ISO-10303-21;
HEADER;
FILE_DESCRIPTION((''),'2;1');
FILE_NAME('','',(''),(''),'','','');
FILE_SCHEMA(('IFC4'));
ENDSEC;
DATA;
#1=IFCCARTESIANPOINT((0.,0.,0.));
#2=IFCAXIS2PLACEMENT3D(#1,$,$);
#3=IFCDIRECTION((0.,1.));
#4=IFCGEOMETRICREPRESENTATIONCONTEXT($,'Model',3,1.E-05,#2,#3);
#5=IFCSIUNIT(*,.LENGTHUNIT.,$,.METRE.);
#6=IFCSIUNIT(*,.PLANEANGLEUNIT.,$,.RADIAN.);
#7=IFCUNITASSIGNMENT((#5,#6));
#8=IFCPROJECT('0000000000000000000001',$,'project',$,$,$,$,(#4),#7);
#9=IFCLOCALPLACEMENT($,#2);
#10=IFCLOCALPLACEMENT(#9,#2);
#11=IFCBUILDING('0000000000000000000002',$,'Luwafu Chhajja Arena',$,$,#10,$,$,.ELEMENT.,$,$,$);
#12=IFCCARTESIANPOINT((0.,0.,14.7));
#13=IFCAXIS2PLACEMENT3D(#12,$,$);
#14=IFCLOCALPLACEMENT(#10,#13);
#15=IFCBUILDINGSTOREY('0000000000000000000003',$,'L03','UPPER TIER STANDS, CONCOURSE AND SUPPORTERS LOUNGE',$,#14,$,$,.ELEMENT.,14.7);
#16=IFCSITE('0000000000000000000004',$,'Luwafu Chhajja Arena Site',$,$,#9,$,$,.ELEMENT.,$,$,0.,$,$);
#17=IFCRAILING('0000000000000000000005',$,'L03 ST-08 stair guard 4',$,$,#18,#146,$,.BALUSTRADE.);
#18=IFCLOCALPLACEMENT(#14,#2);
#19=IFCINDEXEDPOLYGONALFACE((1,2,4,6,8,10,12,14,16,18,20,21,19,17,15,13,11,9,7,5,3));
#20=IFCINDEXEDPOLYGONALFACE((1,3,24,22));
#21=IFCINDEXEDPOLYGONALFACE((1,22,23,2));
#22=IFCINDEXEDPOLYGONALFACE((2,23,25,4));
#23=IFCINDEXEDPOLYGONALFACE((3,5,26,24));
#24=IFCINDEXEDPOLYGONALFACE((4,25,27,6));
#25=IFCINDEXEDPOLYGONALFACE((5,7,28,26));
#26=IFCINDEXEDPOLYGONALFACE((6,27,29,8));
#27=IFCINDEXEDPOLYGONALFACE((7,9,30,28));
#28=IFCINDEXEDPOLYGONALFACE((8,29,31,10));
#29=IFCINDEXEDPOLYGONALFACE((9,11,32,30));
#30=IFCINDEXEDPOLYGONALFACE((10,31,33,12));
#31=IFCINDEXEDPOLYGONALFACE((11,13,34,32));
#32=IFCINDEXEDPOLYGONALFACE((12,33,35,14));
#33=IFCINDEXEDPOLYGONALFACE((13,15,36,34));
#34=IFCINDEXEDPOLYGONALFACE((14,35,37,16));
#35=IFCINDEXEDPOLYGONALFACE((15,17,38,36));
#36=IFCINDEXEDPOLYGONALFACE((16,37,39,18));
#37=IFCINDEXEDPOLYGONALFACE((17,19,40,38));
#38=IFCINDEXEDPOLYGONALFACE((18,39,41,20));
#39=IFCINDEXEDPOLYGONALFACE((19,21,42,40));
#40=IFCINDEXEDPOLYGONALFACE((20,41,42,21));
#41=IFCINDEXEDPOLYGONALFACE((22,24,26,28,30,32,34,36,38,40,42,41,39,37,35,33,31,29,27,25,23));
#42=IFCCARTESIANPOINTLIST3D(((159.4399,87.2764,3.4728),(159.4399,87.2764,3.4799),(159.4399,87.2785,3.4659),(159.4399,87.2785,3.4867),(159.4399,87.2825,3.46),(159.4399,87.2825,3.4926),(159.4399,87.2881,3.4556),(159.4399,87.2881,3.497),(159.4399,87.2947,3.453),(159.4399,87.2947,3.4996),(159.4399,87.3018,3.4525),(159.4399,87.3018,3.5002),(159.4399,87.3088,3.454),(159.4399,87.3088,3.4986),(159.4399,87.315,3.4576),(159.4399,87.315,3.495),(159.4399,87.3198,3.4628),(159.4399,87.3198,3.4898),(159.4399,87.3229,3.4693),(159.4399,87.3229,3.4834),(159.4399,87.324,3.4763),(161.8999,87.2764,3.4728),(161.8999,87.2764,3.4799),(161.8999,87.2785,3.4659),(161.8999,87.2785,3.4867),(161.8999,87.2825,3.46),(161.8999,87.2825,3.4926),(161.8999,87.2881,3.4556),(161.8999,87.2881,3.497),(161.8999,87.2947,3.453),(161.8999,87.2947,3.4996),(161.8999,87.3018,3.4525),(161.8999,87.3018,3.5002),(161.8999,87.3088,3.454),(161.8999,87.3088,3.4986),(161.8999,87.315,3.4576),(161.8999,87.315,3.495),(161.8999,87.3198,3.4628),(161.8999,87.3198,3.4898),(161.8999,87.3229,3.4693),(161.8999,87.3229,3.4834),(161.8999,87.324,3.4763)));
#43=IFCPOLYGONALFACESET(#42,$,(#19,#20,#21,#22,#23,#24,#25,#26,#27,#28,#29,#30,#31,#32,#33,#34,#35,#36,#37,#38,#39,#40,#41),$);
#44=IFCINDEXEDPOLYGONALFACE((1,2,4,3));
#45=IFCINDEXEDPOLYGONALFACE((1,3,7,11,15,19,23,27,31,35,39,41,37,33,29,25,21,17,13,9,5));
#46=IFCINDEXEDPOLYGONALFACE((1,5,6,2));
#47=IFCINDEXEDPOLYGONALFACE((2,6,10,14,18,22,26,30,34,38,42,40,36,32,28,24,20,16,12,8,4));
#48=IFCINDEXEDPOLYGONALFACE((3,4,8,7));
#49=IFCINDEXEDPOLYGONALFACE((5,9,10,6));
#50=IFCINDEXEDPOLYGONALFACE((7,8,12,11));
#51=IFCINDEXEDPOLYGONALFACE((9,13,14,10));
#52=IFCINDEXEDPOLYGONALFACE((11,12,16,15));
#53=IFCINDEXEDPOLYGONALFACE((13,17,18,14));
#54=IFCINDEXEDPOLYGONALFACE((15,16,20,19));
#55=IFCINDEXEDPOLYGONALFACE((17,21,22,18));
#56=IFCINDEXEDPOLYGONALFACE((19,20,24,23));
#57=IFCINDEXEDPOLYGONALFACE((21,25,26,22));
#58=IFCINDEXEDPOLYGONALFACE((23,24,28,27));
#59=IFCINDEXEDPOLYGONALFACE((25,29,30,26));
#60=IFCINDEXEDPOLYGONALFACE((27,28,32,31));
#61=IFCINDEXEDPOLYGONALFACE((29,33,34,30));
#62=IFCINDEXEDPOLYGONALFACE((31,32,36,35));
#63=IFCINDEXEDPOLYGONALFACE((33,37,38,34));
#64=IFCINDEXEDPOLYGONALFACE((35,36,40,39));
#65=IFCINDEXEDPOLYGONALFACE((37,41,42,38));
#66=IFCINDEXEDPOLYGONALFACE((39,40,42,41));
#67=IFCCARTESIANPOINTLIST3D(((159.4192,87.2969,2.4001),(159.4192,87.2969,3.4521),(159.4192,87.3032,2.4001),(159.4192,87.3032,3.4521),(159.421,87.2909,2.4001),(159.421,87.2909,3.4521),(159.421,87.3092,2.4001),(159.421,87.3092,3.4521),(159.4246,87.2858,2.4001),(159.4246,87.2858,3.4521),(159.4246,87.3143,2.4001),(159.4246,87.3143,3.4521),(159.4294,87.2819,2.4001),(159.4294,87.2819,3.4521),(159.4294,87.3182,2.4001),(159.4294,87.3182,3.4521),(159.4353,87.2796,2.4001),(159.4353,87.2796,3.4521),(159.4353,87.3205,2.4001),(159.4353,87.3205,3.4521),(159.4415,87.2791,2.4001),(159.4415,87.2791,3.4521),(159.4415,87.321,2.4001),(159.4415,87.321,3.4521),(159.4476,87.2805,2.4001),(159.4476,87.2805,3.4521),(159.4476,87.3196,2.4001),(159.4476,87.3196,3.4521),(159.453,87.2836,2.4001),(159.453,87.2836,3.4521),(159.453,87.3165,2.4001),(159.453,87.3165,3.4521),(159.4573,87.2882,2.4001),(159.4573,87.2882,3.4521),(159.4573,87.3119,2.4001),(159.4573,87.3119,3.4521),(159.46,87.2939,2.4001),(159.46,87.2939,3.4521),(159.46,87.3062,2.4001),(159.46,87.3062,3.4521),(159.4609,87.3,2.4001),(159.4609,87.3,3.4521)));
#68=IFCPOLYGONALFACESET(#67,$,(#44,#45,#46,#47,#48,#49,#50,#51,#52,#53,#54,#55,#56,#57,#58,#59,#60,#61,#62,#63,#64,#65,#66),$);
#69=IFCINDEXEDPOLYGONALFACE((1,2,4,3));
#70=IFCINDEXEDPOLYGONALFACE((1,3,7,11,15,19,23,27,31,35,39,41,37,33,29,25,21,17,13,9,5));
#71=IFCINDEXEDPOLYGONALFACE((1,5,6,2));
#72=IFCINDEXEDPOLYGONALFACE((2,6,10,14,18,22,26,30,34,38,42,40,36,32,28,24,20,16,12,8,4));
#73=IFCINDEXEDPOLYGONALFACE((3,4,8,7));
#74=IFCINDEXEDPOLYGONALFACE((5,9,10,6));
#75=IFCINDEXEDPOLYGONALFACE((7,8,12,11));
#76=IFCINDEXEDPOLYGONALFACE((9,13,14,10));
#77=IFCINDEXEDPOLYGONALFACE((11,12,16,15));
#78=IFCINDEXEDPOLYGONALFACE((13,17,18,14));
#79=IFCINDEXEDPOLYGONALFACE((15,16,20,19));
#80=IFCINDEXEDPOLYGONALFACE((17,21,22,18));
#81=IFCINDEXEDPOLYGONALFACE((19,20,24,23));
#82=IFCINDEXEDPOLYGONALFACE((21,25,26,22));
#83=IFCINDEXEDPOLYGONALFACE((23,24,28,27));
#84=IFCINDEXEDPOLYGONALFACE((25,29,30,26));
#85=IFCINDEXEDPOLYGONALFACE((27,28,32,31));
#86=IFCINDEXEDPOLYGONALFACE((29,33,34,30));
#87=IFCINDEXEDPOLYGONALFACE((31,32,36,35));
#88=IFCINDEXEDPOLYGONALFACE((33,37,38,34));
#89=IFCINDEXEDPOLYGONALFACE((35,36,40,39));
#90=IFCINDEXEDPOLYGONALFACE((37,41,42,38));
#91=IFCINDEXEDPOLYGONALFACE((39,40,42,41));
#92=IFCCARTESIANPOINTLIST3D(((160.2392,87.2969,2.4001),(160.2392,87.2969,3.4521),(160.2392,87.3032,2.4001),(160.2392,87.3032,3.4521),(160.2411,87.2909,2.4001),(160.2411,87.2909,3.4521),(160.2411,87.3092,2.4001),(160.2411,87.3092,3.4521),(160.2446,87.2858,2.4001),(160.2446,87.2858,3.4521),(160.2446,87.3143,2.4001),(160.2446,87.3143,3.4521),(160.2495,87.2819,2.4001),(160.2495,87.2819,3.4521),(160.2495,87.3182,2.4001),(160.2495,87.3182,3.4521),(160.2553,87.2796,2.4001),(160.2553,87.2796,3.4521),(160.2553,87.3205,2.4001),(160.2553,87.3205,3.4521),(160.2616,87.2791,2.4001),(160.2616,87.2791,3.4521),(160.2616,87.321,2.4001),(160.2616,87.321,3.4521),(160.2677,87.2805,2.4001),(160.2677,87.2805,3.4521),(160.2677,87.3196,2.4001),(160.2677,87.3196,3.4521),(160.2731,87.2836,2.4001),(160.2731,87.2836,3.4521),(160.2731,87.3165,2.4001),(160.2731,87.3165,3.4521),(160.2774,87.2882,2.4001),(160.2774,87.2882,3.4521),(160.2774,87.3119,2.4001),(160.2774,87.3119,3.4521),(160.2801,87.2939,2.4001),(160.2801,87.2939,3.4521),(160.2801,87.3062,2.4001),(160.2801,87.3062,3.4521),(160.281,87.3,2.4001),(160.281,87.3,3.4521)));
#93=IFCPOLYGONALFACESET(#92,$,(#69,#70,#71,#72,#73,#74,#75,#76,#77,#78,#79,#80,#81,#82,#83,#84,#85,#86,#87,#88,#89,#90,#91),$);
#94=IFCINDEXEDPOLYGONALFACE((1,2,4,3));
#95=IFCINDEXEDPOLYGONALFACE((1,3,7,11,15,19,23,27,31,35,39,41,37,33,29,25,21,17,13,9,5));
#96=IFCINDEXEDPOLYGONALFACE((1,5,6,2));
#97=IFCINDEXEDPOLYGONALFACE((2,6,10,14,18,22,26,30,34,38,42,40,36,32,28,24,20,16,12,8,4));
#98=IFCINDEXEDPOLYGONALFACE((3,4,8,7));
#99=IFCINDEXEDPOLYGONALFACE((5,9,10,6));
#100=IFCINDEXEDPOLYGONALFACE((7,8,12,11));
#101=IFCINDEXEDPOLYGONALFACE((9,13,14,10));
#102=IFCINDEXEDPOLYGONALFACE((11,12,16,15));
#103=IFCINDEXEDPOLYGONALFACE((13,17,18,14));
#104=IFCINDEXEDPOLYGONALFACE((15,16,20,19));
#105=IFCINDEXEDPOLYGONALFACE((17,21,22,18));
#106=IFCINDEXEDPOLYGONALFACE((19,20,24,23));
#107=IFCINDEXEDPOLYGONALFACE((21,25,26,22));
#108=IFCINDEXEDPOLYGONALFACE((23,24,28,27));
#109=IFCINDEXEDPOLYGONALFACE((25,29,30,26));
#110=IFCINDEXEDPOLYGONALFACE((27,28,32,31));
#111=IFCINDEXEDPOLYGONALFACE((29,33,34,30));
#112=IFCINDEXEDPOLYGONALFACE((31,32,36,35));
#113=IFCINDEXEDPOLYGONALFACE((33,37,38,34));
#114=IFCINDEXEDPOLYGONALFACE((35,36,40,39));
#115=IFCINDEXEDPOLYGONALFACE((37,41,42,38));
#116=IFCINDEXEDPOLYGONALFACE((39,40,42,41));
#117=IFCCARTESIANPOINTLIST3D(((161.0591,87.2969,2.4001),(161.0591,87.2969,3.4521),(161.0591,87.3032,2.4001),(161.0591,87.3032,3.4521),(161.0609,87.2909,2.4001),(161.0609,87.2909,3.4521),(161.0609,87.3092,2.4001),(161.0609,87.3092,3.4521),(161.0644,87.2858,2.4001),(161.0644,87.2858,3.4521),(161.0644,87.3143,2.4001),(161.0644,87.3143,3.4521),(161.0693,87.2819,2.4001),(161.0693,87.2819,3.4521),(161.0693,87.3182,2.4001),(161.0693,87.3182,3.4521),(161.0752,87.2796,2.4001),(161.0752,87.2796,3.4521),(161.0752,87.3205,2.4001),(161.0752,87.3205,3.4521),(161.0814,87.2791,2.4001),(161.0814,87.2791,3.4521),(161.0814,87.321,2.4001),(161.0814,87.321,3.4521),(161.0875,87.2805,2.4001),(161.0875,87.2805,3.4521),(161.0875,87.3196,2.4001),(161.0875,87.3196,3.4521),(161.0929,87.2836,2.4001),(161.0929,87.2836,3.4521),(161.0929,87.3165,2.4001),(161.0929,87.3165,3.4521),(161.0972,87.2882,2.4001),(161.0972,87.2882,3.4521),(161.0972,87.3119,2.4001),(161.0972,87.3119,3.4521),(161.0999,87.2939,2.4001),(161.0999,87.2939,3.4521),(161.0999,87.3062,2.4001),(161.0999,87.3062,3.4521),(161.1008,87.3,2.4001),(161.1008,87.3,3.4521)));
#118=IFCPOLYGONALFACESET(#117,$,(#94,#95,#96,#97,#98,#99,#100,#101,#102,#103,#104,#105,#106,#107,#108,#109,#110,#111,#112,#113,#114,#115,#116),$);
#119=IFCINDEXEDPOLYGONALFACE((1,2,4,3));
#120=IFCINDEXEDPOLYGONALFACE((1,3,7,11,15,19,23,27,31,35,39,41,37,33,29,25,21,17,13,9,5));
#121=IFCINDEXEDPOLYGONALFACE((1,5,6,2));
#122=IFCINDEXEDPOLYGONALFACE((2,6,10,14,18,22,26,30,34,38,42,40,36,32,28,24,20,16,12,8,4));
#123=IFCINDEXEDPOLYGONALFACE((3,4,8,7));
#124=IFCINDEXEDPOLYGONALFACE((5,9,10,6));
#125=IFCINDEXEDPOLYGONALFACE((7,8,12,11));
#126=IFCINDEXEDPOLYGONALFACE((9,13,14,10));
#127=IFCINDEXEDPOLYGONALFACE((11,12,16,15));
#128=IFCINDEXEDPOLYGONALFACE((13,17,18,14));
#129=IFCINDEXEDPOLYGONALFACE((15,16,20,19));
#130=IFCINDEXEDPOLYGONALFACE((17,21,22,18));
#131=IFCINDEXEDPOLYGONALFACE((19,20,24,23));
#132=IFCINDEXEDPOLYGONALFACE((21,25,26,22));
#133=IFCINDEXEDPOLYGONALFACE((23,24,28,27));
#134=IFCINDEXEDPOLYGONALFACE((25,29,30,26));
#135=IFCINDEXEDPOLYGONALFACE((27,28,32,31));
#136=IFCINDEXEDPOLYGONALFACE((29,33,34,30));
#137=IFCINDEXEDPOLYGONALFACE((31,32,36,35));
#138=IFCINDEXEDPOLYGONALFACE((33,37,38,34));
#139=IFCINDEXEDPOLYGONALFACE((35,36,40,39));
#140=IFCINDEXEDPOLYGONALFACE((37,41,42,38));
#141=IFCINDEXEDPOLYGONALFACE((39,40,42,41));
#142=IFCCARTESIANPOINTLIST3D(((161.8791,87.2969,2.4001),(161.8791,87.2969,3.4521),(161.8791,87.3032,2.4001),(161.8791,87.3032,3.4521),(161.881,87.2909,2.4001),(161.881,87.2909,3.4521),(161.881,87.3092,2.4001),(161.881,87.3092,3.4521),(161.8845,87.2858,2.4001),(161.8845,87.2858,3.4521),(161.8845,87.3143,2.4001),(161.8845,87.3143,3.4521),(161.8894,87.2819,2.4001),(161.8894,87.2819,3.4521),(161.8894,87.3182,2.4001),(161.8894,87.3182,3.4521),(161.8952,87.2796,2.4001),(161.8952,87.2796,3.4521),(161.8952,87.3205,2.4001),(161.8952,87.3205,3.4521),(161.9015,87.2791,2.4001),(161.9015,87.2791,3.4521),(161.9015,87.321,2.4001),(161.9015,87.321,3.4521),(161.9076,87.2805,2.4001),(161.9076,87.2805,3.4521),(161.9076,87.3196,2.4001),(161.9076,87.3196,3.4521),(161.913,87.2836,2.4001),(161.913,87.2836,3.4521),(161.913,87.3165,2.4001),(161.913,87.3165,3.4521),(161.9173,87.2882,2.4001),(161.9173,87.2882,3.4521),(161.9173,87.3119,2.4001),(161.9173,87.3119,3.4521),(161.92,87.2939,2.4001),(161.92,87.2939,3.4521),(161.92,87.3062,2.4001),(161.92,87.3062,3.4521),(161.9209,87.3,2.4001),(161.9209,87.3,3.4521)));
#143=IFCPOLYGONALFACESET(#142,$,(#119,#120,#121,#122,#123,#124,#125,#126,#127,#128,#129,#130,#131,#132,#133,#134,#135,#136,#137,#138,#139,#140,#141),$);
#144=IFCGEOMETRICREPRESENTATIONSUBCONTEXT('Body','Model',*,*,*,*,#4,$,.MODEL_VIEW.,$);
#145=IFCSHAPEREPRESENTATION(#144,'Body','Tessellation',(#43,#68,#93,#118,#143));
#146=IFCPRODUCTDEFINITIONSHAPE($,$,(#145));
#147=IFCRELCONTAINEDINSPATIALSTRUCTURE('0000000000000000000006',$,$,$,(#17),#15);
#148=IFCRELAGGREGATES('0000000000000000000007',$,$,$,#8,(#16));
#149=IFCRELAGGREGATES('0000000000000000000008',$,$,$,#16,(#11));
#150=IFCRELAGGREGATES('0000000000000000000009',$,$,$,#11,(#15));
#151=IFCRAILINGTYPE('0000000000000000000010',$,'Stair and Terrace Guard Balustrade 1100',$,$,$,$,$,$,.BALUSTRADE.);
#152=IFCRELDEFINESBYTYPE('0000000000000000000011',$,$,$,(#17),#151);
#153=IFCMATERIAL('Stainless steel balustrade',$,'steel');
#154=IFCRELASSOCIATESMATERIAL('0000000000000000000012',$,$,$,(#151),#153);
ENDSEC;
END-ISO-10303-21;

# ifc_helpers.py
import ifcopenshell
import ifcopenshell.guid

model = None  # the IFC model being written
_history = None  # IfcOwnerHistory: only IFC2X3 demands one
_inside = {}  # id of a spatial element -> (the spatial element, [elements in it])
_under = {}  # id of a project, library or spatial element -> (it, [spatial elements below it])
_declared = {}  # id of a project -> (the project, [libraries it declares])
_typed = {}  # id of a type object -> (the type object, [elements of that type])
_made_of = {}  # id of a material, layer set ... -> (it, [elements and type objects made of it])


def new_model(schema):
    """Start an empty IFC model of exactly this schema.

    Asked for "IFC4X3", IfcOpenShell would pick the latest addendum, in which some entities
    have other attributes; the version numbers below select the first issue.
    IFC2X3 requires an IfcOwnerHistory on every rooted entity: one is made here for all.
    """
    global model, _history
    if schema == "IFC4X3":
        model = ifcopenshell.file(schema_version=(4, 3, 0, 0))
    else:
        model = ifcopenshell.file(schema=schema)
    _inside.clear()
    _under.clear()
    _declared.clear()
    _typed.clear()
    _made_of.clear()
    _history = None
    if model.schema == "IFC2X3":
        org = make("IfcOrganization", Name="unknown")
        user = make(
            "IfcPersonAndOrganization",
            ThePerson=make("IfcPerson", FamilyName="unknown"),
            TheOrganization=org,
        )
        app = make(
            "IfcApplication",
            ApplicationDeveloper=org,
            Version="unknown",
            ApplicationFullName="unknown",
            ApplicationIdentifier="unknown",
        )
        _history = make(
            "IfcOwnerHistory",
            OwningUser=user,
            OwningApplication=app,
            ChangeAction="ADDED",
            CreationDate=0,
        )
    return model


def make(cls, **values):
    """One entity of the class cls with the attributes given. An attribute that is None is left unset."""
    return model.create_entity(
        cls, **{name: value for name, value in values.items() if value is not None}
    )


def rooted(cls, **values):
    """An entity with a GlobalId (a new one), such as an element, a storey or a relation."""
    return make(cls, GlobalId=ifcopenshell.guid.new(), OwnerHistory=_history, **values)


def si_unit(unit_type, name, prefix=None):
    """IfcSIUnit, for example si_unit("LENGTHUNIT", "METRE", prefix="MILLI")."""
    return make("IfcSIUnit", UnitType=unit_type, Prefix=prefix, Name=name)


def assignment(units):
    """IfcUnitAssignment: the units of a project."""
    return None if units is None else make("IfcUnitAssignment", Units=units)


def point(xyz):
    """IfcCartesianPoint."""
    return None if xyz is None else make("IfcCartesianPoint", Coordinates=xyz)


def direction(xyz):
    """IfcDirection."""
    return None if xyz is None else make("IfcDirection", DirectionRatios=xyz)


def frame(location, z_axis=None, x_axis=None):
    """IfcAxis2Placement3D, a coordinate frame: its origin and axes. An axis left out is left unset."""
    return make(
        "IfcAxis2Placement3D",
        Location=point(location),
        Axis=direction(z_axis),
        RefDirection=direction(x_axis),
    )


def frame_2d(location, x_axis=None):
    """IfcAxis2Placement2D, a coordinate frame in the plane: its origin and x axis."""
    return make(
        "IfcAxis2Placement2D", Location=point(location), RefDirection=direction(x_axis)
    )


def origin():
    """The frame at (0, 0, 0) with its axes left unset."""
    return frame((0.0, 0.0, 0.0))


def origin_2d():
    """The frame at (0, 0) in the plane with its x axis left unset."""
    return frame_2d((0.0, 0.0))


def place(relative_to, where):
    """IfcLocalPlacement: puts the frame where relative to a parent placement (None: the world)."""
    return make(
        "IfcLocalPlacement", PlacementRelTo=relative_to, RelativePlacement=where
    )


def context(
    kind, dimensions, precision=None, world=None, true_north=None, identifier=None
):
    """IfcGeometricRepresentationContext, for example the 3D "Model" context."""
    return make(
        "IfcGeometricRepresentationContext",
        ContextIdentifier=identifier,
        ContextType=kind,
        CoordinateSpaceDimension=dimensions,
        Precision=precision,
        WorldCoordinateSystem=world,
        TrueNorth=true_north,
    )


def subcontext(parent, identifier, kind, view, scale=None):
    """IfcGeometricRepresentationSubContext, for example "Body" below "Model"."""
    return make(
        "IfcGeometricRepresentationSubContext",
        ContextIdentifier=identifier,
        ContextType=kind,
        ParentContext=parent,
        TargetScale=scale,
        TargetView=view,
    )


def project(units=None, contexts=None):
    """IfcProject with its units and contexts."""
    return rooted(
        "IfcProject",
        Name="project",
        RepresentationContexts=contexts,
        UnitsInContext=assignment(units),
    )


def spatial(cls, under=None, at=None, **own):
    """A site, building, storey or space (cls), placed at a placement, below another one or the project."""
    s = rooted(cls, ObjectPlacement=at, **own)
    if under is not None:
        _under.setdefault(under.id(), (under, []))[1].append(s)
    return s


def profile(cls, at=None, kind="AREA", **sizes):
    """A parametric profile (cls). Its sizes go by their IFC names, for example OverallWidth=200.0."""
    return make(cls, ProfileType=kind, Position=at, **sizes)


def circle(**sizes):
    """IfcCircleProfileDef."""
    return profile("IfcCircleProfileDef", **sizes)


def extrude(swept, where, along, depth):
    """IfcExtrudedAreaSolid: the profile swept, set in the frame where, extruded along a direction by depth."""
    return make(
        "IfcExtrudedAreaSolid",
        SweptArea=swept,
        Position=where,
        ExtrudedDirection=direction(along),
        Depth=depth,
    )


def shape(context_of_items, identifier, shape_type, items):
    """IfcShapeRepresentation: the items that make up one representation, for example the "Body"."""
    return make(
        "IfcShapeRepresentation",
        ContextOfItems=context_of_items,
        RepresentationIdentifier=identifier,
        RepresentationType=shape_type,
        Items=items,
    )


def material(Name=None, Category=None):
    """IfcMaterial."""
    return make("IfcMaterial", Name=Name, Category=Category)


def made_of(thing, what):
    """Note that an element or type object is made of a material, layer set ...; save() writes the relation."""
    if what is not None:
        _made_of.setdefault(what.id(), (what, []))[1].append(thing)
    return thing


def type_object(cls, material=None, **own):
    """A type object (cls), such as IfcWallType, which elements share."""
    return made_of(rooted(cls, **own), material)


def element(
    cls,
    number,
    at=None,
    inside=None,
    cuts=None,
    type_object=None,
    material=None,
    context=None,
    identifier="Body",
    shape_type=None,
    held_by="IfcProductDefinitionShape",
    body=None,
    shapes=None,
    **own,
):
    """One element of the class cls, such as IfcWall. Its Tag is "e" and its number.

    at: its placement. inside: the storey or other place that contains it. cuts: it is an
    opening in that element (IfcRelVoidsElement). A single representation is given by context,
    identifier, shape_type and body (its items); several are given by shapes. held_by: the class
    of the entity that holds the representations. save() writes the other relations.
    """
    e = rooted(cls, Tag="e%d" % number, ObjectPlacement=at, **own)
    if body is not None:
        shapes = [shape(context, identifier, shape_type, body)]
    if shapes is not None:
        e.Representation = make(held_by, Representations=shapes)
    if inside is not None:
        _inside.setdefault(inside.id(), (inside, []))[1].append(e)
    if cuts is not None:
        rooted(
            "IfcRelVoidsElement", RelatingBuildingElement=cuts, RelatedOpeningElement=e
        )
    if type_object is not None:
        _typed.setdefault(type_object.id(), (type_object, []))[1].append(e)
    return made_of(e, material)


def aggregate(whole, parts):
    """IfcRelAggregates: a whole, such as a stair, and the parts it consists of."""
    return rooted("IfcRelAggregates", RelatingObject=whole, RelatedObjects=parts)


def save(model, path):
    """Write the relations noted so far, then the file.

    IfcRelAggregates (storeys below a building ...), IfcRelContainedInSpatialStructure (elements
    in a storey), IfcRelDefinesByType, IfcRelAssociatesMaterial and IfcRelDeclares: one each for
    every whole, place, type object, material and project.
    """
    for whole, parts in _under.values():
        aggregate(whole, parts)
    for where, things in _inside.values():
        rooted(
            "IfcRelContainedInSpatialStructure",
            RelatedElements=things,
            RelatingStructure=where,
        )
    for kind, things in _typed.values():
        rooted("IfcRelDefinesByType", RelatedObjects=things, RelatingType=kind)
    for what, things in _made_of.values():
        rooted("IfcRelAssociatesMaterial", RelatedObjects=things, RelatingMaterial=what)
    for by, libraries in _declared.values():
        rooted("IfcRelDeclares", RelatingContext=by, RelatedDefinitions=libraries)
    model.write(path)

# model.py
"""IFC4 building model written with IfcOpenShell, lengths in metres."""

from ifc_helpers import new_model, si_unit, direction, frame, origin, origin_2d, place, context, subcontext, project, spatial, circle, extrude, material, type_object, element, save


model = new_model("IFC4")

# Units and contexts
model_context = context("Model", 3, precision=1e-05, world=origin(), true_north=direction((0.0, 1.0)))
body_context = subcontext(model_context, "Body", "Model", "MODEL_VIEW")
ifc_project = project(units=[si_unit("LENGTHUNIT", "METRE"), si_unit("PLANEANGLEUNIT", "RADIAN")], contexts=[model_context])

# Site, building, storey
site_placement = place(None, origin())
site = spatial("IfcSite", under=ifc_project, at=site_placement, Name="Luwafu Chhajja Arena Site", CompositionType="ELEMENT", RefElevation=0.0)
building_placement = place(site_placement, origin())
building = spatial("IfcBuilding", under=site, at=building_placement, Name="Luwafu Chhajja Arena", CompositionType="ELEMENT")
storey_placement = place(building_placement, frame((0.0, 0.0, 14.7)))
storey = spatial("IfcBuildingStorey", under=building, at=storey_placement, Name="L03", Description="UPPER TIER STANDS, CONCOURSE AND SUPPORTERS LOUNGE", CompositionType="ELEMENT", Elevation=14.7)

# Railing
ifc_material_1 = material(Name="Stainless steel balustrade", Category="steel")
railing_type_1 = type_object("IfcRailingType", Name="Stair and Terrace Guard Balustrade 1100", PredefinedType="BALUSTRADE", material=ifc_material_1)
for number, where, name in (
    (1, (159.4399, 87.3, 2.4001), "L03 ST-08 stair guard 4"),
):
    element("IfcRailing", number, at=place(storey_placement, frame(where)), inside=storey, type_object=railing_type_1, Name=name, PredefinedType="BALUSTRADE", context=body_context, shape_type="SweptSolid", body=[
        extrude(circle(Radius=0.0239, at=origin_2d()), frame((0.0, 0.0, 1.0762), z_axis=(1.0, 0.0, 0.0), x_axis=(0.0, 1.0, 0.0)), (0.0, 0.0, 1.0), 2.46),
        extrude(circle(Radius=0.021, at=origin_2d()), origin(), (0.0, 0.0, 1.0), 1.052),
        extrude(circle(Radius=0.021, at=origin_2d()), frame((0.8201, 0.0, 0.0)), (0.0, 0.0, 1.0), 1.052),
        extrude(circle(Radius=0.021, at=origin_2d()), frame((1.6399, 0.0, 0.0)), (0.0, 0.0, 1.0), 1.052),
        extrude(circle(Radius=0.021, at=origin_2d()), frame((2.46, 0.0, 0.0)), (0.0, 0.0, 1.0), 1.052),
    ])

save(model, "model.ifc")
